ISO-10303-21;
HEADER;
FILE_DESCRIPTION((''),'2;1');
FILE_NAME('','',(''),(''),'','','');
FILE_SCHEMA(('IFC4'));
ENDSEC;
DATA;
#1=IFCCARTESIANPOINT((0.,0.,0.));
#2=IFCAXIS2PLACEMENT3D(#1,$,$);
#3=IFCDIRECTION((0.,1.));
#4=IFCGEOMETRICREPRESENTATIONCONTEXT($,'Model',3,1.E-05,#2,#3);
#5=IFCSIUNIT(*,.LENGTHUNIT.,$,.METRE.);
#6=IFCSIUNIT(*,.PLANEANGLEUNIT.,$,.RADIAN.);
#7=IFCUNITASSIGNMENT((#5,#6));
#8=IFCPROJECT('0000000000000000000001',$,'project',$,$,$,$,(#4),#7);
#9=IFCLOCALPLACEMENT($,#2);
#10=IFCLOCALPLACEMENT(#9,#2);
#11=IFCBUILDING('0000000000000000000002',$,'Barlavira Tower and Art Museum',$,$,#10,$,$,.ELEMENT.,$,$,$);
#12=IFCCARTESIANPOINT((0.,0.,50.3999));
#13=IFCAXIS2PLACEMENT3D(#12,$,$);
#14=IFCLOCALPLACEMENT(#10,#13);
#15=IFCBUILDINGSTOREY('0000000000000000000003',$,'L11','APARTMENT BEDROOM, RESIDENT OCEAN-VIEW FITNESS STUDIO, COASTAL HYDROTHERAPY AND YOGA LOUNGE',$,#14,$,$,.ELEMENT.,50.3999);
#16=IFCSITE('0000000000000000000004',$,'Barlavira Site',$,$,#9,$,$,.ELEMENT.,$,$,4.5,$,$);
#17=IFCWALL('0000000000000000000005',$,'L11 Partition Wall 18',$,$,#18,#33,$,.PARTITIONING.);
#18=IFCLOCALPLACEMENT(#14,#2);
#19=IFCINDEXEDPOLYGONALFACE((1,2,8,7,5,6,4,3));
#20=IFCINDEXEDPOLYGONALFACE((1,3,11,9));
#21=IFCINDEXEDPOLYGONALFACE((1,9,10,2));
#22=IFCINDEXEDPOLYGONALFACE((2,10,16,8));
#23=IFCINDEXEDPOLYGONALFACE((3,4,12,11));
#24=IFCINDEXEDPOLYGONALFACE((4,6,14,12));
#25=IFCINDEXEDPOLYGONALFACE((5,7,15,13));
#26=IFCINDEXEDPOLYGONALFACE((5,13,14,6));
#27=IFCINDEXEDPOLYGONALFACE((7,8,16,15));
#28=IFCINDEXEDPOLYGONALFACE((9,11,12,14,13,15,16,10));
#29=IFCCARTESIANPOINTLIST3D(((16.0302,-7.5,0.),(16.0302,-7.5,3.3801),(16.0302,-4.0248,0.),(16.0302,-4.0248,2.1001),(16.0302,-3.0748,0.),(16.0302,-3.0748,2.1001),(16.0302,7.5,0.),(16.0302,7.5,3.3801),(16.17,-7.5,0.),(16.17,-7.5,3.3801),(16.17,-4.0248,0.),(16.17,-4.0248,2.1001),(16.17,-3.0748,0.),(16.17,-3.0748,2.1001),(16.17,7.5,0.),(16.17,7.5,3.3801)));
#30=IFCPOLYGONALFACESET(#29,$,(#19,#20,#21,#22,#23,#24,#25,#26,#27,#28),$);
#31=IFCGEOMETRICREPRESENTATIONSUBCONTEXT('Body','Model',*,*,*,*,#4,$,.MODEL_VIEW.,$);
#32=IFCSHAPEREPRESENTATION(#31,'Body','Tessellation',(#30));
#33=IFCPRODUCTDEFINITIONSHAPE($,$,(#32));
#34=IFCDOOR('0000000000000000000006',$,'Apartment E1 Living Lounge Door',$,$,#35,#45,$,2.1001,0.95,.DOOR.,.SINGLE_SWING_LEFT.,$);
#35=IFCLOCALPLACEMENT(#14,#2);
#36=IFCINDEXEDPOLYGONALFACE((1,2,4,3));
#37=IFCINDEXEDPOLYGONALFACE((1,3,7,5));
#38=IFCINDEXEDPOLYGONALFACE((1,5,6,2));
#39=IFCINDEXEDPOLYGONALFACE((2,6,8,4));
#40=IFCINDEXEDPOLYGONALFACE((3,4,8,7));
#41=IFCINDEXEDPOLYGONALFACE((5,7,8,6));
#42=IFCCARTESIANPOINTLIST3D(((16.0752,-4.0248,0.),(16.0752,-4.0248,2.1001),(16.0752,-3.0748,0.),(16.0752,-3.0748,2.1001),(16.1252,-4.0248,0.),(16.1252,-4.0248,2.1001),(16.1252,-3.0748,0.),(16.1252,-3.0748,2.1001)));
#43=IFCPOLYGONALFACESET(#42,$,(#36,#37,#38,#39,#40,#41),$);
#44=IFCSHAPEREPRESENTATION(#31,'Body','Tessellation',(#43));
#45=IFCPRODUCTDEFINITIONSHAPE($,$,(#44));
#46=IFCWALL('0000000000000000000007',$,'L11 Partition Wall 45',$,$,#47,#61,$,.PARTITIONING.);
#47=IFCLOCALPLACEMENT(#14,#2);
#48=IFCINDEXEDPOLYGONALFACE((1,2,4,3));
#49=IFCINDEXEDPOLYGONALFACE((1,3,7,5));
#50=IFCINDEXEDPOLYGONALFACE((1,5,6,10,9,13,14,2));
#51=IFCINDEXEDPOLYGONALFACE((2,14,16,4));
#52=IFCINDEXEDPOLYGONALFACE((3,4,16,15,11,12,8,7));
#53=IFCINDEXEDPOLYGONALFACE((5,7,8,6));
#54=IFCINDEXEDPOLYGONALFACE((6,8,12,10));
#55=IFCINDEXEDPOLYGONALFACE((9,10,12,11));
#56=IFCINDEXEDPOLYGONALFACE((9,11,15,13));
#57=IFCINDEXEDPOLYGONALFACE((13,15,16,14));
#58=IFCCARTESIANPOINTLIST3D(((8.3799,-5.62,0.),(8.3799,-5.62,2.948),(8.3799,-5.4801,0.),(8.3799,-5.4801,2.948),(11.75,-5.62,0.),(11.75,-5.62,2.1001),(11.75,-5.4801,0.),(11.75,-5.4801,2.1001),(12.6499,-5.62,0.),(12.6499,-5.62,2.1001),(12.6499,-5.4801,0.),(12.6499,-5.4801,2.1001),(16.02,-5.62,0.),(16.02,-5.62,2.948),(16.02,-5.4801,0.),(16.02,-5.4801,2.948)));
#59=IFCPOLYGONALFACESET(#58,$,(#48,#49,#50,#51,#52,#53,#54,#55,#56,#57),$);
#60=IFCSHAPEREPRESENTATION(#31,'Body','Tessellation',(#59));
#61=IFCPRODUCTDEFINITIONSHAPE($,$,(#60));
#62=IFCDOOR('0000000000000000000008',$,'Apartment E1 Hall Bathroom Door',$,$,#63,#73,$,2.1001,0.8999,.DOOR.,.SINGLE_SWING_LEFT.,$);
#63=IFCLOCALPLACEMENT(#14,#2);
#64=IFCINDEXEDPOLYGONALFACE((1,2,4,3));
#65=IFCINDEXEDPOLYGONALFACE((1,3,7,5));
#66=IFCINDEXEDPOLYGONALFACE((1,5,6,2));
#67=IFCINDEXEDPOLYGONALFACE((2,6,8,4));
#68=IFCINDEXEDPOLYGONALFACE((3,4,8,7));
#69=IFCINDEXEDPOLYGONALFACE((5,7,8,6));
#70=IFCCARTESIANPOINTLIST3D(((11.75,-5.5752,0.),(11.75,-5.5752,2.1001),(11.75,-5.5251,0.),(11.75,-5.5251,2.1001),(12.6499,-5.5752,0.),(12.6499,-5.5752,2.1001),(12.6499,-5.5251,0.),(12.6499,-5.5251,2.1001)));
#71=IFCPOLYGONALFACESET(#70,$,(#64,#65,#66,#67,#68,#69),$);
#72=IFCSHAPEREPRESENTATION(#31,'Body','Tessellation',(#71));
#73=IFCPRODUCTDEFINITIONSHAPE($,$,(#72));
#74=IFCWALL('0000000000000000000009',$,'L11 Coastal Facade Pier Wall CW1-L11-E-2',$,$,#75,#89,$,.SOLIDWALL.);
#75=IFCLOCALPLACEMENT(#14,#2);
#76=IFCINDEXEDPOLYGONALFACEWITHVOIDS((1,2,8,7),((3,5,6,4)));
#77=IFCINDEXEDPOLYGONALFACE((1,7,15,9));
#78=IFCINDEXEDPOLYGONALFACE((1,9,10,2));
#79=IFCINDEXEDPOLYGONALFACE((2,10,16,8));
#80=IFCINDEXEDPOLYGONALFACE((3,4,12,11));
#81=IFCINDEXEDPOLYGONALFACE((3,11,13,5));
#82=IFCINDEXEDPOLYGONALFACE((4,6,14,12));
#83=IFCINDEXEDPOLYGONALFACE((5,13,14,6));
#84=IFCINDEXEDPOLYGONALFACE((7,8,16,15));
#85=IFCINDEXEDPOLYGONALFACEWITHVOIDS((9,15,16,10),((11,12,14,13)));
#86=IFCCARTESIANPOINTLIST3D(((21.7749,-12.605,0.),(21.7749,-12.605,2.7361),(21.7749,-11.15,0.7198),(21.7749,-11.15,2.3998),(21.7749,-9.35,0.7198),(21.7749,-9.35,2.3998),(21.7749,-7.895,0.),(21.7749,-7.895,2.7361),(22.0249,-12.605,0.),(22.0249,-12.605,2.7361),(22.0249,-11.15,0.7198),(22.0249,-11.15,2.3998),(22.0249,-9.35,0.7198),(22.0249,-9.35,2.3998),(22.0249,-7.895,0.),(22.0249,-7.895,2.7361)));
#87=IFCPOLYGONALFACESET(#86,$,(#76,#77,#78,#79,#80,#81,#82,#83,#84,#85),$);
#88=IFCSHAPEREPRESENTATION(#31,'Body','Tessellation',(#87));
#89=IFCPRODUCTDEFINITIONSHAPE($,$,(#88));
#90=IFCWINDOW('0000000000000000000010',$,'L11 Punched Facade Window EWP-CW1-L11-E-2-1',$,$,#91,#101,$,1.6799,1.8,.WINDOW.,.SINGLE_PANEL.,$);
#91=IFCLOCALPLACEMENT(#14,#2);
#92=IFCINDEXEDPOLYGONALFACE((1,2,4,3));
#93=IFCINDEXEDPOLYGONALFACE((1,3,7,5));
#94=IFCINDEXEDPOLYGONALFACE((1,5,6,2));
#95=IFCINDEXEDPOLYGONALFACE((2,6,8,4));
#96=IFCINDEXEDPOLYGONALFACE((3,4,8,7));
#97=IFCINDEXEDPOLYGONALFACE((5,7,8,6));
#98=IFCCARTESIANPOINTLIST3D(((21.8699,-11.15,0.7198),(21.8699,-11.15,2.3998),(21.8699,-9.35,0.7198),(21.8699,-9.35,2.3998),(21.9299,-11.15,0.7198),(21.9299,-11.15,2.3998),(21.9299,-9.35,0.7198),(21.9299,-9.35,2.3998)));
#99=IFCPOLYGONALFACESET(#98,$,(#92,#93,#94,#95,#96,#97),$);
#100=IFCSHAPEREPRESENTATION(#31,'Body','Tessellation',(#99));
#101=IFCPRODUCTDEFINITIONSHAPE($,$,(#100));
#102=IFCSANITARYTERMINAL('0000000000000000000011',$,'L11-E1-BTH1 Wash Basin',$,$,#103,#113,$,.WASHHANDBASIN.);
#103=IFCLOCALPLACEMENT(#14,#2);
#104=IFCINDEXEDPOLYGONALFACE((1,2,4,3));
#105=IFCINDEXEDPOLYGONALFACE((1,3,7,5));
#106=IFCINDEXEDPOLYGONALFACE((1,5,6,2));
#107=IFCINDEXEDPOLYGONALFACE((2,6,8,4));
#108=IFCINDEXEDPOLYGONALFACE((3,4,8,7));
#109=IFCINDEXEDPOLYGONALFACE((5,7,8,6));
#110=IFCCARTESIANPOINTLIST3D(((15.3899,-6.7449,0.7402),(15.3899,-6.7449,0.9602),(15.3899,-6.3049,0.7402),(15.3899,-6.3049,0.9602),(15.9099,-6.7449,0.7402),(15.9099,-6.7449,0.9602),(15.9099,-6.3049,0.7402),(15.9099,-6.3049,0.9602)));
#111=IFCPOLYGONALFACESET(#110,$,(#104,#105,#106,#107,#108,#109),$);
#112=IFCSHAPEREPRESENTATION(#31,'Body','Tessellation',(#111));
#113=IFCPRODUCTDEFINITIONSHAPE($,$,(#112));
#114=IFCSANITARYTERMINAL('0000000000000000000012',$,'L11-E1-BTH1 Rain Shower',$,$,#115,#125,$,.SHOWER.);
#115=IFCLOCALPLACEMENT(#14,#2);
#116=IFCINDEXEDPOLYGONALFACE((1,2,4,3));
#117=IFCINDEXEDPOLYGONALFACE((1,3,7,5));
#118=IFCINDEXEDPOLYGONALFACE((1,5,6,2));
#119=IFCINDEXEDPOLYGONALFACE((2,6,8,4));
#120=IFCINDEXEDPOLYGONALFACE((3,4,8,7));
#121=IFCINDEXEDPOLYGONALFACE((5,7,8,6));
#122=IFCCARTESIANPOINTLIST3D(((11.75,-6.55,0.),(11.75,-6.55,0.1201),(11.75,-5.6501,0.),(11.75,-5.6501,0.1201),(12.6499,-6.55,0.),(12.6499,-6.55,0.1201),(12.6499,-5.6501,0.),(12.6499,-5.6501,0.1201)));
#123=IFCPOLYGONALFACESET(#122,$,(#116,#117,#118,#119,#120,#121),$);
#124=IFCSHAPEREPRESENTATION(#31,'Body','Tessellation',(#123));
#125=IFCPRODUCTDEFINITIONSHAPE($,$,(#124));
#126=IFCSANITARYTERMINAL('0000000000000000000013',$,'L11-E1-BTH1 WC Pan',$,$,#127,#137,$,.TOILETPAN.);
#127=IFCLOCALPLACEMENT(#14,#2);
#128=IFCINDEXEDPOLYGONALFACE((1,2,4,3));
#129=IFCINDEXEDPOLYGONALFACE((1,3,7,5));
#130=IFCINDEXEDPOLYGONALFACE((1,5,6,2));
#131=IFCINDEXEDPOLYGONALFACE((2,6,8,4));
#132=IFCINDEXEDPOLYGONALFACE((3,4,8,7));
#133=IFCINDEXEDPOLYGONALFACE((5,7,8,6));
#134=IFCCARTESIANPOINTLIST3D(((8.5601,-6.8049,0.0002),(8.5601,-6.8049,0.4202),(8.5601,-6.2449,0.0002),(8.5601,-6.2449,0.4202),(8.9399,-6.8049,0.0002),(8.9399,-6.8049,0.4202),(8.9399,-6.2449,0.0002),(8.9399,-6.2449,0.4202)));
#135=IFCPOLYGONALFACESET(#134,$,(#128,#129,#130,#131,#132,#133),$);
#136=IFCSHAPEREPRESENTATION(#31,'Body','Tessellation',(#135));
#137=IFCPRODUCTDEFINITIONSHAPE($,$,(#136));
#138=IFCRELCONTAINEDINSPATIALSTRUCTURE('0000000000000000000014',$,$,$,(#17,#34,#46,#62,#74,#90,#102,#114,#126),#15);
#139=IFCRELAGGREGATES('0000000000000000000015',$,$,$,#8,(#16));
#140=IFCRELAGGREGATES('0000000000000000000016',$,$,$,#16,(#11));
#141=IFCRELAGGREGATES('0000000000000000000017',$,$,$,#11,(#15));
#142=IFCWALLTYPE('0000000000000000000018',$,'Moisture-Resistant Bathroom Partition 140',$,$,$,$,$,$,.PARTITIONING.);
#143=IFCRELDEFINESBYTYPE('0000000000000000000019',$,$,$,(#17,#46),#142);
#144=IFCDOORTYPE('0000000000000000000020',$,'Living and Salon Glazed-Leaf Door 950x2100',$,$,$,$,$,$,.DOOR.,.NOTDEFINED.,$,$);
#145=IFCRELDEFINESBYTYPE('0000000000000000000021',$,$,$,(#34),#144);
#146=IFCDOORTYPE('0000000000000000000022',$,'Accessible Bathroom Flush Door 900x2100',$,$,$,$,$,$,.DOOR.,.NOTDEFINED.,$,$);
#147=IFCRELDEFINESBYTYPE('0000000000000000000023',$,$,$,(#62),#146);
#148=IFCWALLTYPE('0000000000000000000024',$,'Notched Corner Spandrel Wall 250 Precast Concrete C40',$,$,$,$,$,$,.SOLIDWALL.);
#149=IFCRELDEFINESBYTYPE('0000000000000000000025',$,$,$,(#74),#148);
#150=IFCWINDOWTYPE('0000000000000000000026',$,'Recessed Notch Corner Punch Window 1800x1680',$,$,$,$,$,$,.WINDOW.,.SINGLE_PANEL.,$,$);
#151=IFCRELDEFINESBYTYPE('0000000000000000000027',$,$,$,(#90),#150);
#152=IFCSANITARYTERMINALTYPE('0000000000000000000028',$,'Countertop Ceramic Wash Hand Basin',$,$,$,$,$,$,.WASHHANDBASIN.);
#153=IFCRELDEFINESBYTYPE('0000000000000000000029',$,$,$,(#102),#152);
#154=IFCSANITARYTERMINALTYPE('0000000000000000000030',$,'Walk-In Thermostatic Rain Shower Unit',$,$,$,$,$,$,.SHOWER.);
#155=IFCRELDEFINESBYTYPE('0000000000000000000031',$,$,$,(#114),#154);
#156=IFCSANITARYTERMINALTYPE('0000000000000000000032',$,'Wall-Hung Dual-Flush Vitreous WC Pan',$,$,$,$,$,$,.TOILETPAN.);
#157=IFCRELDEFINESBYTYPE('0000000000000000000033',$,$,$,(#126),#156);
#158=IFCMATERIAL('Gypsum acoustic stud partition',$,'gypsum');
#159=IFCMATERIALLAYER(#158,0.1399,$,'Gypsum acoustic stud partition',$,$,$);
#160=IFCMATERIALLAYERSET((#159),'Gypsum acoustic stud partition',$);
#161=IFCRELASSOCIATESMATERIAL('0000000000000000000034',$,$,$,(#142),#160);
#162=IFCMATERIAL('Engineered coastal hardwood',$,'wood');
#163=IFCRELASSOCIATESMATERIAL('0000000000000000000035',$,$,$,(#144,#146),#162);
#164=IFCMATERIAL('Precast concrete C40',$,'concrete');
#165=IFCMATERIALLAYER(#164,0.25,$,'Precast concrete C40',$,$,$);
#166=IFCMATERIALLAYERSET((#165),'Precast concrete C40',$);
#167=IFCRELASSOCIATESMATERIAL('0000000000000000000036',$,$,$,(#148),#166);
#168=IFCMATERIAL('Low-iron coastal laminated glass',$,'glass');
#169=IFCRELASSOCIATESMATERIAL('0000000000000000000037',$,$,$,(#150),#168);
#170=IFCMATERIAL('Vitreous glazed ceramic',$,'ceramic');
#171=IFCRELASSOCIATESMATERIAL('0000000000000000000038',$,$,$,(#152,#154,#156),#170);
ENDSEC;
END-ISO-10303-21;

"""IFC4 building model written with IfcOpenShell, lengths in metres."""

from ifc_helpers import new_model, si_unit, direction, frame, frame_2d, origin, origin_2d, place, context, subcontext, project, spatial, rectangle, extrude, material, layer, layer_set, type_object, element, fill, save


model = new_model("IFC4")

# Units and contexts
model_context = context("Model", 3, precision=1e-05, world=origin(), true_north=direction((0.0, 1.0)))
body_context = subcontext(model_context, "Body", "Model", "MODEL_VIEW")
ifc_project = project(units=[si_unit("LENGTHUNIT", "METRE"), si_unit("PLANEANGLEUNIT", "RADIAN")], contexts=[model_context])

# Site, building, storey
site_placement = place(None, origin())
site = spatial("IfcSite", under=ifc_project, at=site_placement, Name="Barlavira Site", CompositionType="ELEMENT", RefElevation=4.5)
building_placement = place(site_placement, origin())
building = spatial("IfcBuilding", under=site, at=building_placement, Name="Barlavira Tower and Art Museum", CompositionType="ELEMENT")
storey_placement = place(building_placement, frame((0.0, 0.0, 50.3999)))
storey = spatial("IfcBuildingStorey", under=building, at=storey_placement, Name="L11", Description="APARTMENT BEDROOM, RESIDENT OCEAN-VIEW FITNESS STUDIO, COASTAL HYDROTHERAPY AND YOGA LOUNGE", CompositionType="ELEMENT", Elevation=50.3999)

# Shared definitions
ifc_material_1 = material(Name="Low-iron coastal laminated glass", Category="glass")

# Shared definitions
ifc_material_2 = material(Name="Gypsum acoustic stud partition", Category="gypsum")

# Walls, openings, doors
ifc_layer_1 = layer(ifc_material_2, 0.1399, Name="Gypsum acoustic stud partition")
ifc_layer_set_1 = layer_set([ifc_layer_1], Name="Gypsum acoustic stud partition")
wall_type_1 = type_object("IfcWallType", Name="Moisture-Resistant Bathroom Partition 140", PredefinedType="PARTITIONING", material=ifc_layer_set_1)
wall_1_placement = place(storey_placement, frame((16.1001, -7.5, 0.0), z_axis=(0.0, 0.0, 1.0), x_axis=(0.0, 1.0, 0.0)))
wall_1 = element("IfcWall", 1, at=wall_1_placement, inside=storey, type_object=wall_type_1, Name="L11 Partition Wall 18", PredefinedType="PARTITIONING", context=body_context, shape_type="SweptSolid", body=[
    extrude(rectangle(XDim=15.0, YDim=0.1399, at=frame_2d((7.5, 0.0))), origin(), (0.0, 0.0, 1.0), 3.3801),
])
opening_1_placement = place(wall_1_placement, frame((3.4751, 0.0, 0.0)))
opening_1 = element("IfcOpeningElement", 2, at=opening_1_placement, cuts=wall_1, PredefinedType="OPENING", context=body_context, shape_type="SweptSolid", body=[
    extrude(rectangle(XDim=0.95, YDim=2.1001, at=frame_2d((0.4751, 1.05))), frame((0.0, 0.0801, 0.0), z_axis=(0.0, -1.0, 0.0), x_axis=(1.0, 0.0, 0.0)), (0.0, 0.0, 1.0), 0.1599),
])
ifc_material_3 = material(Name="Engineered coastal hardwood", Category="wood")
door_type_1 = type_object("IfcDoorType", Name="Living and Salon Glazed-Leaf Door 950x2100", OperationType="NOTDEFINED", PredefinedType="DOOR", material=ifc_material_3)
door_1_placement = place(opening_1_placement, origin())
door_1 = element("IfcDoor", 3, at=door_1_placement, inside=storey, type_object=door_type_1, Name="Apartment E1 Living Lounge Door", OperationType="SINGLE_SWING_LEFT", OverallHeight=2.1001, OverallWidth=0.95, PredefinedType="DOOR", context=body_context, shape_type="SweptSolid", body=[
    extrude(rectangle(XDim=0.95, YDim=2.1001, at=frame_2d((0.4751, 1.05))), frame((0.0, 0.0249, 0.0), z_axis=(0.0, -1.0, 0.0), x_axis=(1.0, 0.0, 0.0)), (0.0, 0.0, 1.0), 0.05),
])
fill(opening_1, door_1)
wall_2_placement = place(storey_placement, frame((8.3799, -5.55, 0.0), z_axis=(0.0, 0.0, 1.0), x_axis=(1.0, 0.0, 0.0)))
wall_2 = element("IfcWall", 4, at=wall_2_placement, inside=storey, type_object=wall_type_1, Name="L11 Partition Wall 45", PredefinedType="PARTITIONING", context=body_context, shape_type="SweptSolid", body=[
    extrude(rectangle(XDim=7.6401, YDim=0.1399, at=frame_2d((3.8201, 0.0))), origin(), (0.0, 0.0, 1.0), 2.948),
])
opening_2_placement = place(wall_2_placement, frame((3.3701, 0.0, 0.0)))
opening_2 = element("IfcOpeningElement", 5, at=opening_2_placement, cuts=wall_2, PredefinedType="OPENING", context=body_context, shape_type="SweptSolid", body=[
    extrude(rectangle(XDim=0.8999, YDim=2.1001, at=frame_2d((0.45, 1.05))), frame((0.0, 0.0801, 0.0), z_axis=(0.0, -1.0, 0.0), x_axis=(1.0, 0.0, 0.0)), (0.0, 0.0, 1.0), 0.1599),
])
door_type_2 = type_object("IfcDoorType", Name="Accessible Bathroom Flush Door 900x2100", OperationType="NOTDEFINED", PredefinedType="DOOR", material=ifc_material_3)
door_2_placement = place(opening_2_placement, origin())
door_2 = element("IfcDoor", 6, at=door_2_placement, inside=storey, type_object=door_type_2, Name="Apartment E1 Hall Bathroom Door", OperationType="SINGLE_SWING_LEFT", OverallHeight=2.1001, OverallWidth=0.8999, PredefinedType="DOOR", context=body_context, shape_type="SweptSolid", body=[
    extrude(rectangle(XDim=0.8999, YDim=2.1001, at=frame_2d((0.45, 1.05))), frame((0.0, 0.0249, 0.0), z_axis=(0.0, -1.0, 0.0), x_axis=(1.0, 0.0, 0.0)), (0.0, 0.0, 1.0), 0.05),
])
fill(opening_2, door_2)

# Wall, opening, window
ifc_material_4 = material(Name="Precast concrete C40", Category="concrete")
ifc_layer_2 = layer(ifc_material_4, 0.25, Name="Precast concrete C40")
ifc_layer_set_2 = layer_set([ifc_layer_2], Name="Precast concrete C40")
wall_type_2 = type_object("IfcWallType", Name="Notched Corner Spandrel Wall 250 Precast Concrete C40", PredefinedType="SOLIDWALL", material=ifc_layer_set_2)
wall_3_placement = place(storey_placement, frame((21.8999, -12.605, 0.0), z_axis=(0.0, 0.0, 1.0), x_axis=(0.0, 1.0, 0.0)))
wall_3 = element("IfcWall", 7, at=wall_3_placement, inside=storey, type_object=wall_type_2, Name="L11 Coastal Facade Pier Wall CW1-L11-E-2", PredefinedType="SOLIDWALL", context=body_context, shape_type="SweptSolid", body=[
    extrude(rectangle(XDim=4.71, YDim=0.25, at=frame_2d((2.355, 0.0))), origin(), (0.0, 0.0, 1.0), 2.7361),
])
opening_3_placement = place(wall_3_placement, frame((1.4551, 0.0, 0.72)))
opening_3 = element("IfcOpeningElement", 8, at=opening_3_placement, cuts=wall_3, PredefinedType="OPENING", context=body_context, shape_type="SweptSolid", body=[
    extrude(rectangle(XDim=1.8, YDim=1.6799, at=frame_2d((0.8999, 0.8398))), frame((0.0, 0.135, 0.0), z_axis=(0.0, -1.0, 0.0), x_axis=(1.0, 0.0, 0.0)), (0.0, 0.0, 1.0), 0.27),
])
window_type = type_object("IfcWindowType", Name="Recessed Notch Corner Punch Window 1800x1680", PartitioningType="SINGLE_PANEL", PredefinedType="WINDOW", material=ifc_material_1)
window_placement = place(opening_3_placement, origin())
window = element("IfcWindow", 9, at=window_placement, inside=storey, type_object=window_type, Name="L11 Punched Facade Window EWP-CW1-L11-E-2-1", OverallHeight=1.6799, OverallWidth=1.8, PartitioningType="SINGLE_PANEL", PredefinedType="WINDOW", context=body_context, shape_type="SweptSolid", body=[
    extrude(rectangle(XDim=1.8, YDim=1.6799, at=frame_2d((0.8999, 0.8398))), frame((0.0, 0.03, 0.0), z_axis=(0.0, -1.0, 0.0), x_axis=(1.0, 0.0, 0.0)), (0.0, 0.0, 1.0), 0.0601),
])
fill(opening_3, window)

# Sanitary terminals
ifc_material_5 = material(Name="Vitreous glazed ceramic", Category="ceramic")
sanitary_terminal_type_1 = type_object("IfcSanitaryTerminalType", Name="Countertop Ceramic Wash Hand Basin", PredefinedType="WASHHANDBASIN", material=ifc_material_5)
sanitary_terminal_1_placement = place(storey_placement, frame((15.6499, -6.5249, 0.7402), z_axis=(0.0, 0.0, 1.0), x_axis=(1.0, 0.0, 0.0)))
element("IfcSanitaryTerminal", 10, at=sanitary_terminal_1_placement, inside=storey, type_object=sanitary_terminal_type_1, Name="L11-E1-BTH1 Wash Basin", PredefinedType="WASHHANDBASIN", context=body_context, shape_type="SweptSolid", body=[
    extrude(rectangle(XDim=0.52, YDim=0.4399, at=origin_2d()), origin(), (0.0, 0.0, 1.0), 0.22),
])
sanitary_terminal_type_2 = type_object("IfcSanitaryTerminalType", Name="Walk-In Thermostatic Rain Shower Unit", PredefinedType="SHOWER", material=ifc_material_5)
sanitary_terminal_2_placement = place(storey_placement, frame((12.2, -6.1001, 0.0), z_axis=(0.0, 0.0, 1.0), x_axis=(1.0, 0.0, 0.0)))
element("IfcSanitaryTerminal", 11, at=sanitary_terminal_2_placement, inside=storey, type_object=sanitary_terminal_type_2, Name="L11-E1-BTH1 Rain Shower", PredefinedType="SHOWER", context=body_context, shape_type="SweptSolid", body=[
    extrude(rectangle(XDim=0.8999, YDim=0.8999, at=origin_2d()), origin(), (0.0, 0.0, 1.0), 0.1201),
])
sanitary_terminal_type_3 = type_object("IfcSanitaryTerminalType", Name="Wall-Hung Dual-Flush Vitreous WC Pan", PredefinedType="TOILETPAN", material=ifc_material_5)
sanitary_terminal_3_placement = place(storey_placement, frame((8.75, -6.5249, 0.0002), z_axis=(0.0, 0.0, 1.0), x_axis=(1.0, 0.0, 0.0)))
element("IfcSanitaryTerminal", 12, at=sanitary_terminal_3_placement, inside=storey, type_object=sanitary_terminal_type_3, Name="L11-E1-BTH1 WC Pan", PredefinedType="TOILETPAN", context=body_context, shape_type="SweptSolid", body=[
    extrude(rectangle(XDim=0.3799, YDim=0.5601, at=origin_2d()), origin(), (0.0, 0.0, 1.0), 0.4199),
])

save(model, "model.ifc")
